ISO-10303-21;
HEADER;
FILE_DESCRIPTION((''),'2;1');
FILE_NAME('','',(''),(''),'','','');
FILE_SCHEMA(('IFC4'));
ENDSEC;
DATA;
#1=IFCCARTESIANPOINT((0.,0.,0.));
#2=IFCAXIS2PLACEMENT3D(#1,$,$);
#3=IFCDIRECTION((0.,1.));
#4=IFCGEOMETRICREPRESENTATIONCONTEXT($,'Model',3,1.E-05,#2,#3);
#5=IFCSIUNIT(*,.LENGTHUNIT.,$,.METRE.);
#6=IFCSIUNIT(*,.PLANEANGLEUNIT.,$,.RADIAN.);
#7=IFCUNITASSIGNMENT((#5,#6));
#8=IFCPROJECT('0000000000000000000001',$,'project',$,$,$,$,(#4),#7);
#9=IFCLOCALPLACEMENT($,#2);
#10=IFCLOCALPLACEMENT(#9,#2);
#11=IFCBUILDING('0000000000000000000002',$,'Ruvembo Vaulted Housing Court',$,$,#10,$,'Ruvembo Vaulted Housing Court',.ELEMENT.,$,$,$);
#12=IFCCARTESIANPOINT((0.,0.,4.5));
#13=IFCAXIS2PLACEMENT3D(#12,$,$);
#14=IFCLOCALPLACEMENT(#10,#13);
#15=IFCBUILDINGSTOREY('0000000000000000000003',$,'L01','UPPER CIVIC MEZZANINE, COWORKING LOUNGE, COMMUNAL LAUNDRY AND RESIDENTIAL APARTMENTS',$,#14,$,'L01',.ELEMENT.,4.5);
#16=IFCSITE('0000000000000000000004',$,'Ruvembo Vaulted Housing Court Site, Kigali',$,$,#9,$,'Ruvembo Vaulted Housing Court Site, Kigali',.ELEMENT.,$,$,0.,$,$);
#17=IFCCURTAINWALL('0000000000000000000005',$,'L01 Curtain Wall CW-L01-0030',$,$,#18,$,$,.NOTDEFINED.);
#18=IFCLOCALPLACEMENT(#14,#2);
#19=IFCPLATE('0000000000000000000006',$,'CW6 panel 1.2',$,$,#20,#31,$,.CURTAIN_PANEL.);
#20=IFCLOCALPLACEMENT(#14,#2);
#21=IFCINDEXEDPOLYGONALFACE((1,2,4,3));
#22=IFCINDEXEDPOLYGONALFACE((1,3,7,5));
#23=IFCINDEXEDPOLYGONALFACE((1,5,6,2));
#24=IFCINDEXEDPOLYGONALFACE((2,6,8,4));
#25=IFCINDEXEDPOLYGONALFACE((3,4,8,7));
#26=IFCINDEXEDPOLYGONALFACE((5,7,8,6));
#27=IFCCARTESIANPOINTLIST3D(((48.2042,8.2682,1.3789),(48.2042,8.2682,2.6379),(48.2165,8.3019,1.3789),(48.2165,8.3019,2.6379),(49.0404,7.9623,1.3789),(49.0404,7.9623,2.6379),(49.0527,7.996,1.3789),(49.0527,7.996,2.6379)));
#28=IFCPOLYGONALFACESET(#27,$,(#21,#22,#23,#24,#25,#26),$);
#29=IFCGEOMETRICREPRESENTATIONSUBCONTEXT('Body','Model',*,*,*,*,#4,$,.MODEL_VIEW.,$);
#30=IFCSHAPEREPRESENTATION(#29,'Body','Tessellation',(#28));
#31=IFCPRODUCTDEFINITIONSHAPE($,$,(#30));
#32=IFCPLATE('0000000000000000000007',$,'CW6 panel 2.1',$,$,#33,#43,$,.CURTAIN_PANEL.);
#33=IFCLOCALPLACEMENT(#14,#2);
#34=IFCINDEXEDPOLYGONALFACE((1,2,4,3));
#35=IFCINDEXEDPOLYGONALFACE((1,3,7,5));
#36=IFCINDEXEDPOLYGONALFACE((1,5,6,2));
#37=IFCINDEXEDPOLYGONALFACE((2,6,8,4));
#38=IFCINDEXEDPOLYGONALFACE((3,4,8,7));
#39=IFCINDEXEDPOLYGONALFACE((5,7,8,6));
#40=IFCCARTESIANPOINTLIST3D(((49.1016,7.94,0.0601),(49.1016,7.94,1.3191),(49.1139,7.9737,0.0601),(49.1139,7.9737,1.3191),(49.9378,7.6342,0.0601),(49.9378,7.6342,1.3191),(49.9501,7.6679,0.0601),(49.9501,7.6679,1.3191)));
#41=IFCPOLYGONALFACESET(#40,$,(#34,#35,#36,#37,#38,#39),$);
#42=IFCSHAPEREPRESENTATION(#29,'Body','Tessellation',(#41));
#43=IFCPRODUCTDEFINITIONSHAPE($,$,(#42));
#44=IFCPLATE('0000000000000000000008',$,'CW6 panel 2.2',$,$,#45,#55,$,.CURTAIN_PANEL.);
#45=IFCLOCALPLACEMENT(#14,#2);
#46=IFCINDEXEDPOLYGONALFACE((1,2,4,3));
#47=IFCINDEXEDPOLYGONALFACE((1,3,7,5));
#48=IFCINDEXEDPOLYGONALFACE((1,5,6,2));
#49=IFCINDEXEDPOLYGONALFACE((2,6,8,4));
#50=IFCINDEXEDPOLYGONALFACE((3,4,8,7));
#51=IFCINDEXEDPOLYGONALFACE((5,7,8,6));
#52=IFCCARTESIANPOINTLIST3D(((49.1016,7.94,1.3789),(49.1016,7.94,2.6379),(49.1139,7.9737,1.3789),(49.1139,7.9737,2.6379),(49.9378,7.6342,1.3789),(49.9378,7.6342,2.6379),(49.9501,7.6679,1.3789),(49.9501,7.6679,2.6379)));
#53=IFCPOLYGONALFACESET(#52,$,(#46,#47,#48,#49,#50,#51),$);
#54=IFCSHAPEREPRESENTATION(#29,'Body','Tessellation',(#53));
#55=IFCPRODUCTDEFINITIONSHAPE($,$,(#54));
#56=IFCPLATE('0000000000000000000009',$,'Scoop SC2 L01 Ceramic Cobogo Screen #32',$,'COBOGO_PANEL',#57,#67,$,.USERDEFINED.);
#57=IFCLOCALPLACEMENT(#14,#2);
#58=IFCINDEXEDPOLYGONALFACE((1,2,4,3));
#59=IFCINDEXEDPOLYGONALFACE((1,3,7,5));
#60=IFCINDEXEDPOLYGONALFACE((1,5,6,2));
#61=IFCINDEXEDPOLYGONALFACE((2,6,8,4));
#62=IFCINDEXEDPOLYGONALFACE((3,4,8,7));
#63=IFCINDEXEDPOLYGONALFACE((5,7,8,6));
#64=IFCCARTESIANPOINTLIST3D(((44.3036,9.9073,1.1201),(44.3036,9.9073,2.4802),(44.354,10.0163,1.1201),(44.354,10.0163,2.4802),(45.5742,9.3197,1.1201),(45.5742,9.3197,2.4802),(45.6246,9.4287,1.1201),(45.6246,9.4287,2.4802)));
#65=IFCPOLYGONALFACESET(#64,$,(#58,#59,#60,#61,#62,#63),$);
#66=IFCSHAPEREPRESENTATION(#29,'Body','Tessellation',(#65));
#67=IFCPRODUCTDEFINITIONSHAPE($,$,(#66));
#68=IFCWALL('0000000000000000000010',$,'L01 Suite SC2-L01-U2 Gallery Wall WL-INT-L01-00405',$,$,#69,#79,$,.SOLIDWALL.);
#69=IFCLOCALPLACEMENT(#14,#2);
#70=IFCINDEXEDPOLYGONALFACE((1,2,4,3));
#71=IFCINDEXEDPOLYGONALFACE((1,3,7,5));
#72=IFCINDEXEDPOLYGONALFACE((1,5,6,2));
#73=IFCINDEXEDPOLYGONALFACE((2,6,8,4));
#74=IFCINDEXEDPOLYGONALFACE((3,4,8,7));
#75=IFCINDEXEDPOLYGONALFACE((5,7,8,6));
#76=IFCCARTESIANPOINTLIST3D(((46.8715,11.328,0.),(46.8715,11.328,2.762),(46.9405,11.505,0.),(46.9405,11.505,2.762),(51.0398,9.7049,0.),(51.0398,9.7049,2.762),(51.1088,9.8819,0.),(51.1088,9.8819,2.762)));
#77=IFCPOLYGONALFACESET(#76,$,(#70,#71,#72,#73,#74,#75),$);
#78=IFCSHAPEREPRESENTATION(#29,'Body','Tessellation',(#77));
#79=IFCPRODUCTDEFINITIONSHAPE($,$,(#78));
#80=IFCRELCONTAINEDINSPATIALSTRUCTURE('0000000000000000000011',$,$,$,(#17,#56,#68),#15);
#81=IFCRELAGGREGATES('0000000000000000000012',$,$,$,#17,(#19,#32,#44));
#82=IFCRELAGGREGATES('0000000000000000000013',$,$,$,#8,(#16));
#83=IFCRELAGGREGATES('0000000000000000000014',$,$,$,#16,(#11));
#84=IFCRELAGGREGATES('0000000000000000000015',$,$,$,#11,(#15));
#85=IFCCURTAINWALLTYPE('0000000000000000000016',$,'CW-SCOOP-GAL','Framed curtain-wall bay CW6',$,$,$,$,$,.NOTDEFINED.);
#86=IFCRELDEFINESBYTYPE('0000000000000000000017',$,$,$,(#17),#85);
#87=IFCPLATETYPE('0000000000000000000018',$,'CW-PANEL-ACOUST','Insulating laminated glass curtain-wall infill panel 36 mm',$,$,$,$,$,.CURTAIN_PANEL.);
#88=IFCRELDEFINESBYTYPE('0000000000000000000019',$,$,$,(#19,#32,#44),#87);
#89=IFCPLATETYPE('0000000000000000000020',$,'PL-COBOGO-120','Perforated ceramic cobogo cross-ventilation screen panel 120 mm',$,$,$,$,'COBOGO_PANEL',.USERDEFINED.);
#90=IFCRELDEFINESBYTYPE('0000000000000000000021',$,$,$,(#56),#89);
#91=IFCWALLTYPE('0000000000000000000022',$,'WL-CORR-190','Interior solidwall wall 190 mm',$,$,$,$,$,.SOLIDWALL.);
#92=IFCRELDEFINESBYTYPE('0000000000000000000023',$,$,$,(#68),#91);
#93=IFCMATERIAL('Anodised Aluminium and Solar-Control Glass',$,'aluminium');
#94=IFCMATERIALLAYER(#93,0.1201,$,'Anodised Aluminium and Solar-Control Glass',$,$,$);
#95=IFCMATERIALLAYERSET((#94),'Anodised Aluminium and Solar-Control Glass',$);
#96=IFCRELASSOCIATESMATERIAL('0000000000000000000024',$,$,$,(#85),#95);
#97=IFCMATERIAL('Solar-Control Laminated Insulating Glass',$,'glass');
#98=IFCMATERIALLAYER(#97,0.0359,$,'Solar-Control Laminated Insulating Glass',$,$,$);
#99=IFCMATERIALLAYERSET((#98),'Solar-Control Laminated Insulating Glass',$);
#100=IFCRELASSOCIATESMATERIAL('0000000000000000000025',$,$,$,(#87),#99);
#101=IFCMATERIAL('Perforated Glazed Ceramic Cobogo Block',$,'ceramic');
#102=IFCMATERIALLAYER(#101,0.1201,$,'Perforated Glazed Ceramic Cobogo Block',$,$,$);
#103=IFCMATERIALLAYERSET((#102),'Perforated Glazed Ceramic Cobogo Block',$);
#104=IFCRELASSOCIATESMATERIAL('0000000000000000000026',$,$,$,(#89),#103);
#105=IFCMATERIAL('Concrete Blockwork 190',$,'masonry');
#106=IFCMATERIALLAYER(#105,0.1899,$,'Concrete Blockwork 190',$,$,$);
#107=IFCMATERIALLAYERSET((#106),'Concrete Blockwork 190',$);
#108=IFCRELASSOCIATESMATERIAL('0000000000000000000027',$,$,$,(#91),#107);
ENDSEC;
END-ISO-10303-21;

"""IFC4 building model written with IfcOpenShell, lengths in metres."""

from ifc_helpers import new_model, si_unit, direction, frame, frame_2d, origin, origin_2d, place, context, subcontext, project, spatial, rectangle, extrude, material, layer, layer_set, type_object, element, aggregate, save


model = new_model("IFC4")

# Units and contexts
model_context = context("Model", 3, precision=1e-05, world=origin(), true_north=direction((0.0, 1.0)))
body_context = subcontext(model_context, "Body", "Model", "MODEL_VIEW")
ifc_project = project(units=[si_unit("LENGTHUNIT", "METRE"), si_unit("PLANEANGLEUNIT", "RADIAN")], contexts=[model_context])

# Site, building, storey
site_placement = place(None, origin())
site = spatial("IfcSite", under=ifc_project, at=site_placement, Name="Ruvembo Vaulted Housing Court Site, Kigali", LongName="Ruvembo Vaulted Housing Court Site, Kigali", CompositionType="ELEMENT", RefElevation=0.0)
building_placement = place(site_placement, origin())
building = spatial("IfcBuilding", under=site, at=building_placement, Name="Ruvembo Vaulted Housing Court", LongName="Ruvembo Vaulted Housing Court", CompositionType="ELEMENT")
storey_placement = place(building_placement, frame((0.0, 0.0, 4.5)))
storey = spatial("IfcBuildingStorey", under=building, at=storey_placement, Name="L01", Description="UPPER CIVIC MEZZANINE, COWORKING LOUNGE, COMMUNAL LAUNDRY AND RESIDENTIAL APARTMENTS", LongName="L01", CompositionType="ELEMENT", Elevation=4.5)

# Curtain wall, plates
ifc_material_1 = material(Name="Anodised Aluminium and Solar-Control Glass", Category="aluminium")
ifc_layer_1 = layer(ifc_material_1, 0.1201, Name="Anodised Aluminium and Solar-Control Glass")
ifc_layer_set_1 = layer_set([ifc_layer_1], Name="Anodised Aluminium and Solar-Control Glass")
curtain_wall_type = type_object("IfcCurtainWallType", Name="CW-SCOOP-GAL", Description="Framed curtain-wall bay CW6", PredefinedType="NOTDEFINED", material=ifc_layer_set_1)
curtain_wall_placement = place(storey_placement, origin())
curtain_wall = element("IfcCurtainWall", 1, at=curtain_wall_placement, inside=storey, type_object=curtain_wall_type, Name="L01 Curtain Wall CW-L01-0030", PredefinedType="NOTDEFINED")
ifc_material_2 = material(Name="Solar-Control Laminated Insulating Glass", Category="glass")
ifc_layer_2 = layer(ifc_material_2, 0.0359, Name="Solar-Control Laminated Insulating Glass")
ifc_layer_set_2 = layer_set([ifc_layer_2], Name="Solar-Control Laminated Insulating Glass")
plate_type_1 = type_object("IfcPlateType", Name="CW-PANEL-ACOUST", Description="Insulating laminated glass curtain-wall infill panel 36 mm", PredefinedType="CURTAIN_PANEL", material=ifc_layer_set_2)
plate_1_placement = place(storey_placement, frame((48.6284, 8.1321, 1.3789), z_axis=(0.0, 0.0, 1.0), x_axis=(0.939142, -0.34353, 0.0)))
plate_1 = element("IfcPlate", 2, at=plate_1_placement, type_object=plate_type_1, Name="CW6 panel 1.2", PredefinedType="CURTAIN_PANEL", context=body_context, shape_type="SweptSolid", body=[
    extrude(rectangle(XDim=0.8904, YDim=0.0359, at=origin_2d()), origin(), (0.0, 0.0, 1.0), 1.259),
])
plate_2_placement = place(storey_placement, frame((49.5259, 7.804, 0.0601), z_axis=(0.0, 0.0, 1.0), x_axis=(0.939142, -0.34353, 0.0)))
plate_2 = element("IfcPlate", 3, at=plate_2_placement, type_object=plate_type_1, Name="CW6 panel 2.1", PredefinedType="CURTAIN_PANEL", context=body_context, shape_type="SweptSolid", body=[
    extrude(rectangle(XDim=0.8904, YDim=0.0359, at=origin_2d()), origin(), (0.0, 0.0, 1.0), 1.259),
])
plate_3_placement = place(storey_placement, frame((49.5259, 7.804, 1.3789), z_axis=(0.0, 0.0, 1.0), x_axis=(0.939142, -0.34353, 0.0)))
plate_3 = element("IfcPlate", 4, at=plate_3_placement, type_object=plate_type_1, Name="CW6 panel 2.2", PredefinedType="CURTAIN_PANEL", context=body_context, shape_type="SweptSolid", body=[
    extrude(rectangle(XDim=0.8904, YDim=0.0359, at=origin_2d()), origin(), (0.0, 0.0, 1.0), 1.259),
])
aggregate(curtain_wall, [plate_1, plate_2, plate_3])

# Plate
ifc_material_3 = material(Name="Perforated Glazed Ceramic Cobogo Block", Category="ceramic")
ifc_layer_3 = layer(ifc_material_3, 0.1201, Name="Perforated Glazed Ceramic Cobogo Block")
ifc_layer_set_3 = layer_set([ifc_layer_3], Name="Perforated Glazed Ceramic Cobogo Block")
plate_type_2 = type_object("IfcPlateType", Name="PL-COBOGO-120", Description="Perforated ceramic cobogo cross-ventilation screen panel 120 mm", ElementType="COBOGO_PANEL", PredefinedType="USERDEFINED", material=ifc_layer_set_3)
plate_4_placement = place(storey_placement, frame((44.9641, 9.668, 1.1201), z_axis=(0.0, 0.0, 1.0), x_axis=(0.907646, -0.419737, 0.0)))
element("IfcPlate", 5, at=plate_4_placement, inside=storey, type_object=plate_type_2, Name="Scoop SC2 L01 Ceramic Cobogo Screen #32", ObjectType="COBOGO_PANEL", PredefinedType="USERDEFINED", context=body_context, shape_type="SweptSolid", body=[
    extrude(rectangle(XDim=1.3999, YDim=0.1201, at=origin_2d()), origin(), (0.0, 0.0, 1.0), 1.3601),
])

# Wall
ifc_material_4 = material(Name="Concrete Blockwork 190", Category="masonry")
ifc_layer_4 = layer(ifc_material_4, 0.1899, Name="Concrete Blockwork 190")
ifc_layer_set_4 = layer_set([ifc_layer_4], Name="Concrete Blockwork 190")
wall_type = type_object("IfcWallType", Name="WL-CORR-190", Description="Interior solidwall wall 190 mm", PredefinedType="SOLIDWALL", material=ifc_layer_set_4)
wall_1_placement = place(storey_placement, frame((46.906, 11.4165, 0.0), z_axis=(0.0, 0.0, 1.0), x_axis=(0.931848, -0.362849, 0.0)))
element("IfcWall", 6, at=wall_1_placement, inside=storey, type_object=wall_type, Name="L01 Suite SC2-L01-U2 Gallery Wall WL-INT-L01-00405", PredefinedType="SOLIDWALL", context=body_context, shape_type="SweptSolid", body=[
    extrude(rectangle(XDim=4.4731, YDim=0.1899, at=frame_2d((2.2366, 0.0))), origin(), (0.0, 0.0, 1.0), 2.762),
])

save(model, "model.ifc")
